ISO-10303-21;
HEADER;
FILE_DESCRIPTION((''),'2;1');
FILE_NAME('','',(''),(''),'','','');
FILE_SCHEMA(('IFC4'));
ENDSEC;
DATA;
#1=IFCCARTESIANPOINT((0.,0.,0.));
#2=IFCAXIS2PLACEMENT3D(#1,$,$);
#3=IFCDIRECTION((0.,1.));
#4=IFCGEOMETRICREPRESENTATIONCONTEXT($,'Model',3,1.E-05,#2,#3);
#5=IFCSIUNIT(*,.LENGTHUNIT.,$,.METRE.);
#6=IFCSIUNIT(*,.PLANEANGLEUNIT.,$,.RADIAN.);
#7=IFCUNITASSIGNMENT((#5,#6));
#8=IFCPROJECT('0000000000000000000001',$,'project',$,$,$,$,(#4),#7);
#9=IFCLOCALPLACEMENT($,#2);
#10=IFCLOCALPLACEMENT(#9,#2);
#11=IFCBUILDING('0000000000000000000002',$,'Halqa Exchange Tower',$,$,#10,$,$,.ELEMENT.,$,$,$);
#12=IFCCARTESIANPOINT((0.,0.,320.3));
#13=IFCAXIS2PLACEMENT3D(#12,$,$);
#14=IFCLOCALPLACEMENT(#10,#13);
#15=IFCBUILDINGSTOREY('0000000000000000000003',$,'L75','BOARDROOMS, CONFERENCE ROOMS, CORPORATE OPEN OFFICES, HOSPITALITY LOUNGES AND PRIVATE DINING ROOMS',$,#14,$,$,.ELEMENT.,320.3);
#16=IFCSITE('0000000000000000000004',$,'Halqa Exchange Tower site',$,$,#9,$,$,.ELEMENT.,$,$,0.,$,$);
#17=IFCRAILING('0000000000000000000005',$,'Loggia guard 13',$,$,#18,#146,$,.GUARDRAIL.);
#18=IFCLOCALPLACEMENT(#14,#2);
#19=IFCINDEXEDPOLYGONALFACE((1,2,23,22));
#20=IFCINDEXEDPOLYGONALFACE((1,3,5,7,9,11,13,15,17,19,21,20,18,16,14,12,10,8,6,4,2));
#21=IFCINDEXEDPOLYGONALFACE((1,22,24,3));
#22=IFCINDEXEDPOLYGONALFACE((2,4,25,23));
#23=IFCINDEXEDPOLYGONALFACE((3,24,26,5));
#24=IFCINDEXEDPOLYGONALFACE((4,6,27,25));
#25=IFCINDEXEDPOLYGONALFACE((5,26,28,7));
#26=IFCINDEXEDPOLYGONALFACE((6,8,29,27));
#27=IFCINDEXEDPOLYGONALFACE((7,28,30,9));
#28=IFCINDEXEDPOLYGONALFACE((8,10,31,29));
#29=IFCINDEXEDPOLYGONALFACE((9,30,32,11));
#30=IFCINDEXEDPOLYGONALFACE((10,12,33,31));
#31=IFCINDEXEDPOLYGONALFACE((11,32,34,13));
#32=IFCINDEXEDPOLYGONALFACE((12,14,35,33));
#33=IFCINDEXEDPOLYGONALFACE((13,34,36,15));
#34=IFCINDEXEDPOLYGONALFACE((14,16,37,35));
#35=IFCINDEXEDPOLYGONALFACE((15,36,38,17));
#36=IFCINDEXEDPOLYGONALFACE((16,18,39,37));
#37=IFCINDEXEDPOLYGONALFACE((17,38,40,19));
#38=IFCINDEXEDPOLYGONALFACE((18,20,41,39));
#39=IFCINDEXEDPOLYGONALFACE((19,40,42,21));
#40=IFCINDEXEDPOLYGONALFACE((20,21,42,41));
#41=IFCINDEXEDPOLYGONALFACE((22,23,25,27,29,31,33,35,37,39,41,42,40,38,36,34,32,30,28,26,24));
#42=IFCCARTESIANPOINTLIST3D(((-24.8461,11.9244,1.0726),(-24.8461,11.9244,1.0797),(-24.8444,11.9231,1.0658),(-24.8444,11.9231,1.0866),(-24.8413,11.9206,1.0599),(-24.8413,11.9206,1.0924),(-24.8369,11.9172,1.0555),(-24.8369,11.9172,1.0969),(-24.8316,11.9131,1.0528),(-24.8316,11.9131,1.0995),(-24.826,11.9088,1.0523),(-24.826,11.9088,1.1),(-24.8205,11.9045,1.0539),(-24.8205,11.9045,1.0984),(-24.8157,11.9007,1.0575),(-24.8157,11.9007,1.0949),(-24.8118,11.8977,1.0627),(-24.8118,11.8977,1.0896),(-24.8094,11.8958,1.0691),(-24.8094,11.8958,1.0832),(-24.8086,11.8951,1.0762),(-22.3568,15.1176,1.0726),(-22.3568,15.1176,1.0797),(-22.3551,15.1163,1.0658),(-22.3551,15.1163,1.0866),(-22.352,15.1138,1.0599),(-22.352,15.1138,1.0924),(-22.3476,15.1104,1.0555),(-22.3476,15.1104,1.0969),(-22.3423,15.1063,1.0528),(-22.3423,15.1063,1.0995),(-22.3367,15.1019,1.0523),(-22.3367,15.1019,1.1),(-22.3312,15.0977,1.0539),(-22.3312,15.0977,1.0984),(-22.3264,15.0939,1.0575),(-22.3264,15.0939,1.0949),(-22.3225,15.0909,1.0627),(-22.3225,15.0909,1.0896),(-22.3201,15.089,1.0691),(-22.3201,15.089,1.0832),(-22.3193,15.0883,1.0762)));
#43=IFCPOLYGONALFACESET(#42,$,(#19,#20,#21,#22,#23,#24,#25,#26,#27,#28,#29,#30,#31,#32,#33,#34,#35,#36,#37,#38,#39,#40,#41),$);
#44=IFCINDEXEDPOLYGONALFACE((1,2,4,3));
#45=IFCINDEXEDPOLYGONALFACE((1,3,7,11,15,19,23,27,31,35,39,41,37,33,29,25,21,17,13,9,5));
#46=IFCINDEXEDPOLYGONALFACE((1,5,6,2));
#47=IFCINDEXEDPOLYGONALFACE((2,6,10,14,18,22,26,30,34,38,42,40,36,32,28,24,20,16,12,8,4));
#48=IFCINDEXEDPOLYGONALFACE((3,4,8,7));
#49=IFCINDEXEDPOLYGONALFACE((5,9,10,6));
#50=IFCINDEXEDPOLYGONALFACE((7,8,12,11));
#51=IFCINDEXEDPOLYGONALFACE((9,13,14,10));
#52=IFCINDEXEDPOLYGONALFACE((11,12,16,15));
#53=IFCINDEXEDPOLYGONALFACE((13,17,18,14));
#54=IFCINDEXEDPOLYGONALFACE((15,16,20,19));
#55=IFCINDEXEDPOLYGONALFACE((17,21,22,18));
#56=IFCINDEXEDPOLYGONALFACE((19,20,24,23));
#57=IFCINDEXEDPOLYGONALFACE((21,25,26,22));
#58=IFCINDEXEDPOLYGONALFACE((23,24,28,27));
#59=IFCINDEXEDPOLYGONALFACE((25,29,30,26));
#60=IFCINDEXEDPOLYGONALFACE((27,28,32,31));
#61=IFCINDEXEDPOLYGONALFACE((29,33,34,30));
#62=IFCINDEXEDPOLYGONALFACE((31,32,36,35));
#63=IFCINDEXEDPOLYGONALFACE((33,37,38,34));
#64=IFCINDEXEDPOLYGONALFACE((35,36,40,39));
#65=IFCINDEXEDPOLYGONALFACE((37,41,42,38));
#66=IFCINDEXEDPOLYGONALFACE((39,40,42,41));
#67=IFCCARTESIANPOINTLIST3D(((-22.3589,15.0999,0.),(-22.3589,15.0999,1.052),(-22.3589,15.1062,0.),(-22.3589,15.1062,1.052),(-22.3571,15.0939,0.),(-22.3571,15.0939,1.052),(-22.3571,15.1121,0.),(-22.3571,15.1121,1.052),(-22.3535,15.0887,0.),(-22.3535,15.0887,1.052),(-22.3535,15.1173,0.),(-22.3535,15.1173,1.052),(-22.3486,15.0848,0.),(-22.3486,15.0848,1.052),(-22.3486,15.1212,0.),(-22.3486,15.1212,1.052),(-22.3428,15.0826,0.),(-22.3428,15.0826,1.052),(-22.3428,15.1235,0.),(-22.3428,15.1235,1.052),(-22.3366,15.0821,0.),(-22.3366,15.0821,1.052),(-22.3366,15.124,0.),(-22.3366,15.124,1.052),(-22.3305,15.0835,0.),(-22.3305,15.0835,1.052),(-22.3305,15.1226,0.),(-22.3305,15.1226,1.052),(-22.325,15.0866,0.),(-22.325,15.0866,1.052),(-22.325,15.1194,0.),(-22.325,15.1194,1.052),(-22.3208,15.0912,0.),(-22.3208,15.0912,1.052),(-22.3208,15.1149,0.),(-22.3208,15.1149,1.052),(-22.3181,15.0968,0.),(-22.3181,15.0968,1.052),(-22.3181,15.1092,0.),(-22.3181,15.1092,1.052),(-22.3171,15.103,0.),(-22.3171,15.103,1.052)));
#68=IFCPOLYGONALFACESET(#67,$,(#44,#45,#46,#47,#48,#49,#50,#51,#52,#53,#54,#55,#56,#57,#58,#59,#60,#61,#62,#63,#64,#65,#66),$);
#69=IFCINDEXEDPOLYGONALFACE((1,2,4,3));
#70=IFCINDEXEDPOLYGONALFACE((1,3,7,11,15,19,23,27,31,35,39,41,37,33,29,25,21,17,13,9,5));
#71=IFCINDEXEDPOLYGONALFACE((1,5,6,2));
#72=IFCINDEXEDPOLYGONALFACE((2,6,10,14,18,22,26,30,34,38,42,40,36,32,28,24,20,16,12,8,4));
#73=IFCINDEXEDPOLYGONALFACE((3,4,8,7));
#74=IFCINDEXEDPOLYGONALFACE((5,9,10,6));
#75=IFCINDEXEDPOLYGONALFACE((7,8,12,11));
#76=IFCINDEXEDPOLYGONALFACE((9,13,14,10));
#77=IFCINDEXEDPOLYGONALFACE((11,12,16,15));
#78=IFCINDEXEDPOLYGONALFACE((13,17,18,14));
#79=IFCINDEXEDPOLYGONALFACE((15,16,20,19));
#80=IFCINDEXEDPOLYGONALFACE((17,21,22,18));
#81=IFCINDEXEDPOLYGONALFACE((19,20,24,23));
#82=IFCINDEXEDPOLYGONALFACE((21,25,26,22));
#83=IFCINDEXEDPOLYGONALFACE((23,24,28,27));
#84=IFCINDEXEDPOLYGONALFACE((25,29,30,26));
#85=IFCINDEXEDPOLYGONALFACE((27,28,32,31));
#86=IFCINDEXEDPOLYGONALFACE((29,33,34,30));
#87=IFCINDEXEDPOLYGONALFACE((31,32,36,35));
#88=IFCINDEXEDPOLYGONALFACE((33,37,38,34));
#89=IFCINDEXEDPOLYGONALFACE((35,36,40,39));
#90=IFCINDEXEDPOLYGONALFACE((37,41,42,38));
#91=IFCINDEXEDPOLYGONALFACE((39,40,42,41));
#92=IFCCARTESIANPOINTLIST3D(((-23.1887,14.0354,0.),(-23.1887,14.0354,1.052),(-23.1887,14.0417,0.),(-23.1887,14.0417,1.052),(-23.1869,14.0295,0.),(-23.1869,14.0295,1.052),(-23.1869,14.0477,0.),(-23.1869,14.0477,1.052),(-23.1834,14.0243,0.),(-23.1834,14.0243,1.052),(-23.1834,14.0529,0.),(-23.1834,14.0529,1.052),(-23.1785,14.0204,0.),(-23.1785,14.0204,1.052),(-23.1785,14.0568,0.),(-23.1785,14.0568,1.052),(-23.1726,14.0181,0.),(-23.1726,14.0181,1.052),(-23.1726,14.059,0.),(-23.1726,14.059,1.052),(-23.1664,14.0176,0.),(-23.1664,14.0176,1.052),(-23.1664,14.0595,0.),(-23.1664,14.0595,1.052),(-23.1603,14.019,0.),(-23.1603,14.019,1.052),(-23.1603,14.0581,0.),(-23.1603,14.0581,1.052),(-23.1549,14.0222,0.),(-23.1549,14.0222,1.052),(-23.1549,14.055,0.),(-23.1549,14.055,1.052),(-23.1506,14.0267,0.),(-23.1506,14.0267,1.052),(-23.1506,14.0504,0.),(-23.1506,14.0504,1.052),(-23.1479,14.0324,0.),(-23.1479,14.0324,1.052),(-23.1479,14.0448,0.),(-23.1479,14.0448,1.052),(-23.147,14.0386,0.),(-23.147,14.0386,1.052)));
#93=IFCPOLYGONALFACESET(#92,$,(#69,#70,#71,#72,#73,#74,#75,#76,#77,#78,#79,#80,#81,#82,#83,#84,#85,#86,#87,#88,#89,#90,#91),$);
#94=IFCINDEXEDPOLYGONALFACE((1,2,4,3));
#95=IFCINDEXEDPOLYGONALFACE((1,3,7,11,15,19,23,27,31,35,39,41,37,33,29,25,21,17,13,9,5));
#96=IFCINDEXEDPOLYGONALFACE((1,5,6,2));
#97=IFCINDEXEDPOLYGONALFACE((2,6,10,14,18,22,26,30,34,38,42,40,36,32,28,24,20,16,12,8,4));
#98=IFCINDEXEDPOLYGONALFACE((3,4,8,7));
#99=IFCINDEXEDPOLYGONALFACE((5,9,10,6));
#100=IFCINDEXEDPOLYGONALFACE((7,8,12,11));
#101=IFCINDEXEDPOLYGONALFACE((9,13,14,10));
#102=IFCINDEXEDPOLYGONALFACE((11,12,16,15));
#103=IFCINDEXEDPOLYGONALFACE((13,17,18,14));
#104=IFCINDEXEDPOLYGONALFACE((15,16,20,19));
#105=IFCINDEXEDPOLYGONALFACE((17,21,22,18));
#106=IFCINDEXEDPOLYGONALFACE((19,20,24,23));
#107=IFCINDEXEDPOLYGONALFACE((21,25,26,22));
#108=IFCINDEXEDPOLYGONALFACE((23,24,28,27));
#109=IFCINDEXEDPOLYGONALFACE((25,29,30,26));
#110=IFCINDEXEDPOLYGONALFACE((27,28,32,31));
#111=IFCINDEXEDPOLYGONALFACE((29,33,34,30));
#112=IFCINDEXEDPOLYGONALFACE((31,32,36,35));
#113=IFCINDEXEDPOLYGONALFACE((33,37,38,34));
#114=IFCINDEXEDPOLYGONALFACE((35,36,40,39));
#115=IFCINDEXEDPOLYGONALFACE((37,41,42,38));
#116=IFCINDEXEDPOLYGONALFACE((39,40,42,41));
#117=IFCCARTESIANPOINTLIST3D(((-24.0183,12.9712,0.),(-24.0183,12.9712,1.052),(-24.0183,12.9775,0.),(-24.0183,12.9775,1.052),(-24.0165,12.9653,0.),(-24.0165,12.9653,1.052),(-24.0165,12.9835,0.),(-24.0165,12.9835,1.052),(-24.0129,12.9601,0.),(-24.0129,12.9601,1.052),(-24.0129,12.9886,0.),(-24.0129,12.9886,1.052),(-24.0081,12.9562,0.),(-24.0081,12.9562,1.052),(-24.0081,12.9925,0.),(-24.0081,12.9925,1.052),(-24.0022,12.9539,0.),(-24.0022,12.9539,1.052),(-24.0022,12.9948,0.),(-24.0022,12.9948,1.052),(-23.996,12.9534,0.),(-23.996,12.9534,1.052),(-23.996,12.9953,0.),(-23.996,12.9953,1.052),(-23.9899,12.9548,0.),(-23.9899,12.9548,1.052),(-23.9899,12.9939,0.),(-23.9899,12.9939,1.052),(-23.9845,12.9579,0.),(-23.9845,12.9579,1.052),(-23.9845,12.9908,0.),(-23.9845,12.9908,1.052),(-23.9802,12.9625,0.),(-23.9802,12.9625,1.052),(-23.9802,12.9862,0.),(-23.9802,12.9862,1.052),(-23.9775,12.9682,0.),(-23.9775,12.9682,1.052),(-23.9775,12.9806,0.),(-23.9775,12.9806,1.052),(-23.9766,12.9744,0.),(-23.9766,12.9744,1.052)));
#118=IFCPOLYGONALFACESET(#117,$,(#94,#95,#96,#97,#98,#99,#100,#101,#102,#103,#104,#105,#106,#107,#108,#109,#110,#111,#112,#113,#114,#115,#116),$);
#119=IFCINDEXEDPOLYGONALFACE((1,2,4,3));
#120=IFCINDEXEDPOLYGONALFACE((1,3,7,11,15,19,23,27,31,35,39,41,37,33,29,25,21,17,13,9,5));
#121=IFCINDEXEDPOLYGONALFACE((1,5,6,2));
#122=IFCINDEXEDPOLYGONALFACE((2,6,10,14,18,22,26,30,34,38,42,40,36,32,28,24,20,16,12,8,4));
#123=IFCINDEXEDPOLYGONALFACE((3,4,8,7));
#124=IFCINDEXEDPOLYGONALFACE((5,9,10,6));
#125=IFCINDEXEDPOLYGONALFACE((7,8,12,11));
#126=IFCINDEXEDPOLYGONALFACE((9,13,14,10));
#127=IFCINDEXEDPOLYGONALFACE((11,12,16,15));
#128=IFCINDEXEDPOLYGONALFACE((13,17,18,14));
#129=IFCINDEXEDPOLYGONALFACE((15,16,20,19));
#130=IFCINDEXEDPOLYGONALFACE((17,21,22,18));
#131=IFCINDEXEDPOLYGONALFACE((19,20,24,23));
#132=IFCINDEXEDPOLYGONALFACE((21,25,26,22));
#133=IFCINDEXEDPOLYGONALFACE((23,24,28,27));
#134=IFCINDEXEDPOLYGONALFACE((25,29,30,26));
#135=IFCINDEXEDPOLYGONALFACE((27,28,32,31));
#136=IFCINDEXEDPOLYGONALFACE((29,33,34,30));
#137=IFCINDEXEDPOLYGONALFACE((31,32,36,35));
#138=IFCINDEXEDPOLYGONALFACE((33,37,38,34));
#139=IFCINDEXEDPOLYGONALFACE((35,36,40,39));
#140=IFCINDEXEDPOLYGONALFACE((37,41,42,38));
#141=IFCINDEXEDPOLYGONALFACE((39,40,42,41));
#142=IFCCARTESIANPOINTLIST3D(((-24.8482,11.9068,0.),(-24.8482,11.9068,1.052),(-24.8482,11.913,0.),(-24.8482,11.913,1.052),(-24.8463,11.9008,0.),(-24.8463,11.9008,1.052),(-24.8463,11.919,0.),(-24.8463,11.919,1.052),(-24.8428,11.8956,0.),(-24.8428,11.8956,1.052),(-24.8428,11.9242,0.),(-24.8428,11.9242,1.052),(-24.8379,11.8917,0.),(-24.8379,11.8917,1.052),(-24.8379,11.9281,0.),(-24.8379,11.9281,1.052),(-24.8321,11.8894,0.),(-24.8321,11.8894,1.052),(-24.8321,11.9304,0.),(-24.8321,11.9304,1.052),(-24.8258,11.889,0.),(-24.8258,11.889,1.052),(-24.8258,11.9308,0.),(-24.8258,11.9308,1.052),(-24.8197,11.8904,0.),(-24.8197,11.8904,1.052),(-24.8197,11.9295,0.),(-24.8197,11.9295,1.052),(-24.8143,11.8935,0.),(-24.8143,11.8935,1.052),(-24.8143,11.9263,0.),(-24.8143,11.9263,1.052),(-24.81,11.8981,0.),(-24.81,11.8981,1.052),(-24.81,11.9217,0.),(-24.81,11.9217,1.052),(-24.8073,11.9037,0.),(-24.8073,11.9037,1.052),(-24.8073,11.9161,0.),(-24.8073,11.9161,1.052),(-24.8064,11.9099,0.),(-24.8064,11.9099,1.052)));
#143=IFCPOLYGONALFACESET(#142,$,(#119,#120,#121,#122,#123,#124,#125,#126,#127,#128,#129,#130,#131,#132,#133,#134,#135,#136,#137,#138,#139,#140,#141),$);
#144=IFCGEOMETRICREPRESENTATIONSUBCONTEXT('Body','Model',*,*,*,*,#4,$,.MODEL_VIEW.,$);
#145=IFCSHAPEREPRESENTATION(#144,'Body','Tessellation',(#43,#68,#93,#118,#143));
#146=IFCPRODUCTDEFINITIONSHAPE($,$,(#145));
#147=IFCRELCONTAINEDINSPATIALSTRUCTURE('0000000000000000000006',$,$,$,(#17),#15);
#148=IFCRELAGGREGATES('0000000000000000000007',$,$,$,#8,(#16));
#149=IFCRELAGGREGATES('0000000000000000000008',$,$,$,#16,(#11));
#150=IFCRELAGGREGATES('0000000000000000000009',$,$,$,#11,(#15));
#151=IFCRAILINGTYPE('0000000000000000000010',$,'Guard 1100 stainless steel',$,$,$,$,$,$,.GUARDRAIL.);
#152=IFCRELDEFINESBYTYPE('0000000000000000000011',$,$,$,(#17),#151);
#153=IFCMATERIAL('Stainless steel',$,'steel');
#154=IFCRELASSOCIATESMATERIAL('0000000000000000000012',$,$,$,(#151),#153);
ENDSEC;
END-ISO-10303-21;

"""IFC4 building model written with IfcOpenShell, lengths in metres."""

from ifc_helpers import new_model, si_unit, direction, frame, origin, origin_2d, place, context, subcontext, project, spatial, circle, extrude, material, type_object, element, save


model = new_model("IFC4")

# Units and contexts
model_context = context("Model", 3, precision=1e-05, world=origin(), true_north=direction((0.0, 1.0)))
body_context = subcontext(model_context, "Body", "Model", "MODEL_VIEW")
ifc_project = project(units=[si_unit("LENGTHUNIT", "METRE"), si_unit("PLANEANGLEUNIT", "RADIAN")], contexts=[model_context])

# Site, building, storey
site_placement = place(None, origin())
site = spatial("IfcSite", under=ifc_project, at=site_placement, Name="Halqa Exchange Tower site", CompositionType="ELEMENT", RefElevation=0.0)
building_placement = place(site_placement, origin())
building = spatial("IfcBuilding", under=site, at=building_placement, Name="Halqa Exchange Tower", CompositionType="ELEMENT")
storey_placement = place(building_placement, frame((0.0, 0.0, 320.3)))
storey = spatial("IfcBuildingStorey", under=building, at=storey_placement, Name="L75", Description="BOARDROOMS, CONFERENCE ROOMS, CORPORATE OPEN OFFICES, HOSPITALITY LOUNGES AND PRIVATE DINING ROOMS", CompositionType="ELEMENT", Elevation=320.3)

# Railing
ifc_material_1 = material(Name="Stainless steel", Category="steel")
railing_type = type_object("IfcRailingType", Name="Guard 1100 stainless steel", PredefinedType="GUARDRAIL", material=ifc_material_1)
railing_1_placement = place(storey_placement, frame((-22.3381, 15.103, 0.0)))
element("IfcRailing", 1, at=railing_1_placement, inside=storey, type_object=railing_type, Name="Loggia guard 13", PredefinedType="GUARDRAIL", context=body_context, shape_type="SweptSolid", body=[
    extrude(circle(Radius=0.0239, at=origin_2d()), frame((0.0, 0.0, 1.0762), z_axis=(-0.614821, -0.788667, 0.0), x_axis=(0.788667, -0.614821, 0.0)), (0.0, 0.0, 1.0), 4.0488),
    extrude(circle(Radius=0.021, at=origin_2d()), origin(), (0.0, 0.0, 1.0), 1.052),
    extrude(circle(Radius=0.021, at=origin_2d()), frame((-0.8298, -1.0645, 0.0)), (0.0, 0.0, 1.0), 1.052),
    extrude(circle(Radius=0.021, at=origin_2d()), frame((-1.6594, -2.1287, 0.0)), (0.0, 0.0, 1.0), 1.052),
    extrude(circle(Radius=0.021, at=origin_2d()), frame((-2.4893, -3.1931, 0.0)), (0.0, 0.0, 1.0), 1.052),
])

save(model, "model.ifc")
